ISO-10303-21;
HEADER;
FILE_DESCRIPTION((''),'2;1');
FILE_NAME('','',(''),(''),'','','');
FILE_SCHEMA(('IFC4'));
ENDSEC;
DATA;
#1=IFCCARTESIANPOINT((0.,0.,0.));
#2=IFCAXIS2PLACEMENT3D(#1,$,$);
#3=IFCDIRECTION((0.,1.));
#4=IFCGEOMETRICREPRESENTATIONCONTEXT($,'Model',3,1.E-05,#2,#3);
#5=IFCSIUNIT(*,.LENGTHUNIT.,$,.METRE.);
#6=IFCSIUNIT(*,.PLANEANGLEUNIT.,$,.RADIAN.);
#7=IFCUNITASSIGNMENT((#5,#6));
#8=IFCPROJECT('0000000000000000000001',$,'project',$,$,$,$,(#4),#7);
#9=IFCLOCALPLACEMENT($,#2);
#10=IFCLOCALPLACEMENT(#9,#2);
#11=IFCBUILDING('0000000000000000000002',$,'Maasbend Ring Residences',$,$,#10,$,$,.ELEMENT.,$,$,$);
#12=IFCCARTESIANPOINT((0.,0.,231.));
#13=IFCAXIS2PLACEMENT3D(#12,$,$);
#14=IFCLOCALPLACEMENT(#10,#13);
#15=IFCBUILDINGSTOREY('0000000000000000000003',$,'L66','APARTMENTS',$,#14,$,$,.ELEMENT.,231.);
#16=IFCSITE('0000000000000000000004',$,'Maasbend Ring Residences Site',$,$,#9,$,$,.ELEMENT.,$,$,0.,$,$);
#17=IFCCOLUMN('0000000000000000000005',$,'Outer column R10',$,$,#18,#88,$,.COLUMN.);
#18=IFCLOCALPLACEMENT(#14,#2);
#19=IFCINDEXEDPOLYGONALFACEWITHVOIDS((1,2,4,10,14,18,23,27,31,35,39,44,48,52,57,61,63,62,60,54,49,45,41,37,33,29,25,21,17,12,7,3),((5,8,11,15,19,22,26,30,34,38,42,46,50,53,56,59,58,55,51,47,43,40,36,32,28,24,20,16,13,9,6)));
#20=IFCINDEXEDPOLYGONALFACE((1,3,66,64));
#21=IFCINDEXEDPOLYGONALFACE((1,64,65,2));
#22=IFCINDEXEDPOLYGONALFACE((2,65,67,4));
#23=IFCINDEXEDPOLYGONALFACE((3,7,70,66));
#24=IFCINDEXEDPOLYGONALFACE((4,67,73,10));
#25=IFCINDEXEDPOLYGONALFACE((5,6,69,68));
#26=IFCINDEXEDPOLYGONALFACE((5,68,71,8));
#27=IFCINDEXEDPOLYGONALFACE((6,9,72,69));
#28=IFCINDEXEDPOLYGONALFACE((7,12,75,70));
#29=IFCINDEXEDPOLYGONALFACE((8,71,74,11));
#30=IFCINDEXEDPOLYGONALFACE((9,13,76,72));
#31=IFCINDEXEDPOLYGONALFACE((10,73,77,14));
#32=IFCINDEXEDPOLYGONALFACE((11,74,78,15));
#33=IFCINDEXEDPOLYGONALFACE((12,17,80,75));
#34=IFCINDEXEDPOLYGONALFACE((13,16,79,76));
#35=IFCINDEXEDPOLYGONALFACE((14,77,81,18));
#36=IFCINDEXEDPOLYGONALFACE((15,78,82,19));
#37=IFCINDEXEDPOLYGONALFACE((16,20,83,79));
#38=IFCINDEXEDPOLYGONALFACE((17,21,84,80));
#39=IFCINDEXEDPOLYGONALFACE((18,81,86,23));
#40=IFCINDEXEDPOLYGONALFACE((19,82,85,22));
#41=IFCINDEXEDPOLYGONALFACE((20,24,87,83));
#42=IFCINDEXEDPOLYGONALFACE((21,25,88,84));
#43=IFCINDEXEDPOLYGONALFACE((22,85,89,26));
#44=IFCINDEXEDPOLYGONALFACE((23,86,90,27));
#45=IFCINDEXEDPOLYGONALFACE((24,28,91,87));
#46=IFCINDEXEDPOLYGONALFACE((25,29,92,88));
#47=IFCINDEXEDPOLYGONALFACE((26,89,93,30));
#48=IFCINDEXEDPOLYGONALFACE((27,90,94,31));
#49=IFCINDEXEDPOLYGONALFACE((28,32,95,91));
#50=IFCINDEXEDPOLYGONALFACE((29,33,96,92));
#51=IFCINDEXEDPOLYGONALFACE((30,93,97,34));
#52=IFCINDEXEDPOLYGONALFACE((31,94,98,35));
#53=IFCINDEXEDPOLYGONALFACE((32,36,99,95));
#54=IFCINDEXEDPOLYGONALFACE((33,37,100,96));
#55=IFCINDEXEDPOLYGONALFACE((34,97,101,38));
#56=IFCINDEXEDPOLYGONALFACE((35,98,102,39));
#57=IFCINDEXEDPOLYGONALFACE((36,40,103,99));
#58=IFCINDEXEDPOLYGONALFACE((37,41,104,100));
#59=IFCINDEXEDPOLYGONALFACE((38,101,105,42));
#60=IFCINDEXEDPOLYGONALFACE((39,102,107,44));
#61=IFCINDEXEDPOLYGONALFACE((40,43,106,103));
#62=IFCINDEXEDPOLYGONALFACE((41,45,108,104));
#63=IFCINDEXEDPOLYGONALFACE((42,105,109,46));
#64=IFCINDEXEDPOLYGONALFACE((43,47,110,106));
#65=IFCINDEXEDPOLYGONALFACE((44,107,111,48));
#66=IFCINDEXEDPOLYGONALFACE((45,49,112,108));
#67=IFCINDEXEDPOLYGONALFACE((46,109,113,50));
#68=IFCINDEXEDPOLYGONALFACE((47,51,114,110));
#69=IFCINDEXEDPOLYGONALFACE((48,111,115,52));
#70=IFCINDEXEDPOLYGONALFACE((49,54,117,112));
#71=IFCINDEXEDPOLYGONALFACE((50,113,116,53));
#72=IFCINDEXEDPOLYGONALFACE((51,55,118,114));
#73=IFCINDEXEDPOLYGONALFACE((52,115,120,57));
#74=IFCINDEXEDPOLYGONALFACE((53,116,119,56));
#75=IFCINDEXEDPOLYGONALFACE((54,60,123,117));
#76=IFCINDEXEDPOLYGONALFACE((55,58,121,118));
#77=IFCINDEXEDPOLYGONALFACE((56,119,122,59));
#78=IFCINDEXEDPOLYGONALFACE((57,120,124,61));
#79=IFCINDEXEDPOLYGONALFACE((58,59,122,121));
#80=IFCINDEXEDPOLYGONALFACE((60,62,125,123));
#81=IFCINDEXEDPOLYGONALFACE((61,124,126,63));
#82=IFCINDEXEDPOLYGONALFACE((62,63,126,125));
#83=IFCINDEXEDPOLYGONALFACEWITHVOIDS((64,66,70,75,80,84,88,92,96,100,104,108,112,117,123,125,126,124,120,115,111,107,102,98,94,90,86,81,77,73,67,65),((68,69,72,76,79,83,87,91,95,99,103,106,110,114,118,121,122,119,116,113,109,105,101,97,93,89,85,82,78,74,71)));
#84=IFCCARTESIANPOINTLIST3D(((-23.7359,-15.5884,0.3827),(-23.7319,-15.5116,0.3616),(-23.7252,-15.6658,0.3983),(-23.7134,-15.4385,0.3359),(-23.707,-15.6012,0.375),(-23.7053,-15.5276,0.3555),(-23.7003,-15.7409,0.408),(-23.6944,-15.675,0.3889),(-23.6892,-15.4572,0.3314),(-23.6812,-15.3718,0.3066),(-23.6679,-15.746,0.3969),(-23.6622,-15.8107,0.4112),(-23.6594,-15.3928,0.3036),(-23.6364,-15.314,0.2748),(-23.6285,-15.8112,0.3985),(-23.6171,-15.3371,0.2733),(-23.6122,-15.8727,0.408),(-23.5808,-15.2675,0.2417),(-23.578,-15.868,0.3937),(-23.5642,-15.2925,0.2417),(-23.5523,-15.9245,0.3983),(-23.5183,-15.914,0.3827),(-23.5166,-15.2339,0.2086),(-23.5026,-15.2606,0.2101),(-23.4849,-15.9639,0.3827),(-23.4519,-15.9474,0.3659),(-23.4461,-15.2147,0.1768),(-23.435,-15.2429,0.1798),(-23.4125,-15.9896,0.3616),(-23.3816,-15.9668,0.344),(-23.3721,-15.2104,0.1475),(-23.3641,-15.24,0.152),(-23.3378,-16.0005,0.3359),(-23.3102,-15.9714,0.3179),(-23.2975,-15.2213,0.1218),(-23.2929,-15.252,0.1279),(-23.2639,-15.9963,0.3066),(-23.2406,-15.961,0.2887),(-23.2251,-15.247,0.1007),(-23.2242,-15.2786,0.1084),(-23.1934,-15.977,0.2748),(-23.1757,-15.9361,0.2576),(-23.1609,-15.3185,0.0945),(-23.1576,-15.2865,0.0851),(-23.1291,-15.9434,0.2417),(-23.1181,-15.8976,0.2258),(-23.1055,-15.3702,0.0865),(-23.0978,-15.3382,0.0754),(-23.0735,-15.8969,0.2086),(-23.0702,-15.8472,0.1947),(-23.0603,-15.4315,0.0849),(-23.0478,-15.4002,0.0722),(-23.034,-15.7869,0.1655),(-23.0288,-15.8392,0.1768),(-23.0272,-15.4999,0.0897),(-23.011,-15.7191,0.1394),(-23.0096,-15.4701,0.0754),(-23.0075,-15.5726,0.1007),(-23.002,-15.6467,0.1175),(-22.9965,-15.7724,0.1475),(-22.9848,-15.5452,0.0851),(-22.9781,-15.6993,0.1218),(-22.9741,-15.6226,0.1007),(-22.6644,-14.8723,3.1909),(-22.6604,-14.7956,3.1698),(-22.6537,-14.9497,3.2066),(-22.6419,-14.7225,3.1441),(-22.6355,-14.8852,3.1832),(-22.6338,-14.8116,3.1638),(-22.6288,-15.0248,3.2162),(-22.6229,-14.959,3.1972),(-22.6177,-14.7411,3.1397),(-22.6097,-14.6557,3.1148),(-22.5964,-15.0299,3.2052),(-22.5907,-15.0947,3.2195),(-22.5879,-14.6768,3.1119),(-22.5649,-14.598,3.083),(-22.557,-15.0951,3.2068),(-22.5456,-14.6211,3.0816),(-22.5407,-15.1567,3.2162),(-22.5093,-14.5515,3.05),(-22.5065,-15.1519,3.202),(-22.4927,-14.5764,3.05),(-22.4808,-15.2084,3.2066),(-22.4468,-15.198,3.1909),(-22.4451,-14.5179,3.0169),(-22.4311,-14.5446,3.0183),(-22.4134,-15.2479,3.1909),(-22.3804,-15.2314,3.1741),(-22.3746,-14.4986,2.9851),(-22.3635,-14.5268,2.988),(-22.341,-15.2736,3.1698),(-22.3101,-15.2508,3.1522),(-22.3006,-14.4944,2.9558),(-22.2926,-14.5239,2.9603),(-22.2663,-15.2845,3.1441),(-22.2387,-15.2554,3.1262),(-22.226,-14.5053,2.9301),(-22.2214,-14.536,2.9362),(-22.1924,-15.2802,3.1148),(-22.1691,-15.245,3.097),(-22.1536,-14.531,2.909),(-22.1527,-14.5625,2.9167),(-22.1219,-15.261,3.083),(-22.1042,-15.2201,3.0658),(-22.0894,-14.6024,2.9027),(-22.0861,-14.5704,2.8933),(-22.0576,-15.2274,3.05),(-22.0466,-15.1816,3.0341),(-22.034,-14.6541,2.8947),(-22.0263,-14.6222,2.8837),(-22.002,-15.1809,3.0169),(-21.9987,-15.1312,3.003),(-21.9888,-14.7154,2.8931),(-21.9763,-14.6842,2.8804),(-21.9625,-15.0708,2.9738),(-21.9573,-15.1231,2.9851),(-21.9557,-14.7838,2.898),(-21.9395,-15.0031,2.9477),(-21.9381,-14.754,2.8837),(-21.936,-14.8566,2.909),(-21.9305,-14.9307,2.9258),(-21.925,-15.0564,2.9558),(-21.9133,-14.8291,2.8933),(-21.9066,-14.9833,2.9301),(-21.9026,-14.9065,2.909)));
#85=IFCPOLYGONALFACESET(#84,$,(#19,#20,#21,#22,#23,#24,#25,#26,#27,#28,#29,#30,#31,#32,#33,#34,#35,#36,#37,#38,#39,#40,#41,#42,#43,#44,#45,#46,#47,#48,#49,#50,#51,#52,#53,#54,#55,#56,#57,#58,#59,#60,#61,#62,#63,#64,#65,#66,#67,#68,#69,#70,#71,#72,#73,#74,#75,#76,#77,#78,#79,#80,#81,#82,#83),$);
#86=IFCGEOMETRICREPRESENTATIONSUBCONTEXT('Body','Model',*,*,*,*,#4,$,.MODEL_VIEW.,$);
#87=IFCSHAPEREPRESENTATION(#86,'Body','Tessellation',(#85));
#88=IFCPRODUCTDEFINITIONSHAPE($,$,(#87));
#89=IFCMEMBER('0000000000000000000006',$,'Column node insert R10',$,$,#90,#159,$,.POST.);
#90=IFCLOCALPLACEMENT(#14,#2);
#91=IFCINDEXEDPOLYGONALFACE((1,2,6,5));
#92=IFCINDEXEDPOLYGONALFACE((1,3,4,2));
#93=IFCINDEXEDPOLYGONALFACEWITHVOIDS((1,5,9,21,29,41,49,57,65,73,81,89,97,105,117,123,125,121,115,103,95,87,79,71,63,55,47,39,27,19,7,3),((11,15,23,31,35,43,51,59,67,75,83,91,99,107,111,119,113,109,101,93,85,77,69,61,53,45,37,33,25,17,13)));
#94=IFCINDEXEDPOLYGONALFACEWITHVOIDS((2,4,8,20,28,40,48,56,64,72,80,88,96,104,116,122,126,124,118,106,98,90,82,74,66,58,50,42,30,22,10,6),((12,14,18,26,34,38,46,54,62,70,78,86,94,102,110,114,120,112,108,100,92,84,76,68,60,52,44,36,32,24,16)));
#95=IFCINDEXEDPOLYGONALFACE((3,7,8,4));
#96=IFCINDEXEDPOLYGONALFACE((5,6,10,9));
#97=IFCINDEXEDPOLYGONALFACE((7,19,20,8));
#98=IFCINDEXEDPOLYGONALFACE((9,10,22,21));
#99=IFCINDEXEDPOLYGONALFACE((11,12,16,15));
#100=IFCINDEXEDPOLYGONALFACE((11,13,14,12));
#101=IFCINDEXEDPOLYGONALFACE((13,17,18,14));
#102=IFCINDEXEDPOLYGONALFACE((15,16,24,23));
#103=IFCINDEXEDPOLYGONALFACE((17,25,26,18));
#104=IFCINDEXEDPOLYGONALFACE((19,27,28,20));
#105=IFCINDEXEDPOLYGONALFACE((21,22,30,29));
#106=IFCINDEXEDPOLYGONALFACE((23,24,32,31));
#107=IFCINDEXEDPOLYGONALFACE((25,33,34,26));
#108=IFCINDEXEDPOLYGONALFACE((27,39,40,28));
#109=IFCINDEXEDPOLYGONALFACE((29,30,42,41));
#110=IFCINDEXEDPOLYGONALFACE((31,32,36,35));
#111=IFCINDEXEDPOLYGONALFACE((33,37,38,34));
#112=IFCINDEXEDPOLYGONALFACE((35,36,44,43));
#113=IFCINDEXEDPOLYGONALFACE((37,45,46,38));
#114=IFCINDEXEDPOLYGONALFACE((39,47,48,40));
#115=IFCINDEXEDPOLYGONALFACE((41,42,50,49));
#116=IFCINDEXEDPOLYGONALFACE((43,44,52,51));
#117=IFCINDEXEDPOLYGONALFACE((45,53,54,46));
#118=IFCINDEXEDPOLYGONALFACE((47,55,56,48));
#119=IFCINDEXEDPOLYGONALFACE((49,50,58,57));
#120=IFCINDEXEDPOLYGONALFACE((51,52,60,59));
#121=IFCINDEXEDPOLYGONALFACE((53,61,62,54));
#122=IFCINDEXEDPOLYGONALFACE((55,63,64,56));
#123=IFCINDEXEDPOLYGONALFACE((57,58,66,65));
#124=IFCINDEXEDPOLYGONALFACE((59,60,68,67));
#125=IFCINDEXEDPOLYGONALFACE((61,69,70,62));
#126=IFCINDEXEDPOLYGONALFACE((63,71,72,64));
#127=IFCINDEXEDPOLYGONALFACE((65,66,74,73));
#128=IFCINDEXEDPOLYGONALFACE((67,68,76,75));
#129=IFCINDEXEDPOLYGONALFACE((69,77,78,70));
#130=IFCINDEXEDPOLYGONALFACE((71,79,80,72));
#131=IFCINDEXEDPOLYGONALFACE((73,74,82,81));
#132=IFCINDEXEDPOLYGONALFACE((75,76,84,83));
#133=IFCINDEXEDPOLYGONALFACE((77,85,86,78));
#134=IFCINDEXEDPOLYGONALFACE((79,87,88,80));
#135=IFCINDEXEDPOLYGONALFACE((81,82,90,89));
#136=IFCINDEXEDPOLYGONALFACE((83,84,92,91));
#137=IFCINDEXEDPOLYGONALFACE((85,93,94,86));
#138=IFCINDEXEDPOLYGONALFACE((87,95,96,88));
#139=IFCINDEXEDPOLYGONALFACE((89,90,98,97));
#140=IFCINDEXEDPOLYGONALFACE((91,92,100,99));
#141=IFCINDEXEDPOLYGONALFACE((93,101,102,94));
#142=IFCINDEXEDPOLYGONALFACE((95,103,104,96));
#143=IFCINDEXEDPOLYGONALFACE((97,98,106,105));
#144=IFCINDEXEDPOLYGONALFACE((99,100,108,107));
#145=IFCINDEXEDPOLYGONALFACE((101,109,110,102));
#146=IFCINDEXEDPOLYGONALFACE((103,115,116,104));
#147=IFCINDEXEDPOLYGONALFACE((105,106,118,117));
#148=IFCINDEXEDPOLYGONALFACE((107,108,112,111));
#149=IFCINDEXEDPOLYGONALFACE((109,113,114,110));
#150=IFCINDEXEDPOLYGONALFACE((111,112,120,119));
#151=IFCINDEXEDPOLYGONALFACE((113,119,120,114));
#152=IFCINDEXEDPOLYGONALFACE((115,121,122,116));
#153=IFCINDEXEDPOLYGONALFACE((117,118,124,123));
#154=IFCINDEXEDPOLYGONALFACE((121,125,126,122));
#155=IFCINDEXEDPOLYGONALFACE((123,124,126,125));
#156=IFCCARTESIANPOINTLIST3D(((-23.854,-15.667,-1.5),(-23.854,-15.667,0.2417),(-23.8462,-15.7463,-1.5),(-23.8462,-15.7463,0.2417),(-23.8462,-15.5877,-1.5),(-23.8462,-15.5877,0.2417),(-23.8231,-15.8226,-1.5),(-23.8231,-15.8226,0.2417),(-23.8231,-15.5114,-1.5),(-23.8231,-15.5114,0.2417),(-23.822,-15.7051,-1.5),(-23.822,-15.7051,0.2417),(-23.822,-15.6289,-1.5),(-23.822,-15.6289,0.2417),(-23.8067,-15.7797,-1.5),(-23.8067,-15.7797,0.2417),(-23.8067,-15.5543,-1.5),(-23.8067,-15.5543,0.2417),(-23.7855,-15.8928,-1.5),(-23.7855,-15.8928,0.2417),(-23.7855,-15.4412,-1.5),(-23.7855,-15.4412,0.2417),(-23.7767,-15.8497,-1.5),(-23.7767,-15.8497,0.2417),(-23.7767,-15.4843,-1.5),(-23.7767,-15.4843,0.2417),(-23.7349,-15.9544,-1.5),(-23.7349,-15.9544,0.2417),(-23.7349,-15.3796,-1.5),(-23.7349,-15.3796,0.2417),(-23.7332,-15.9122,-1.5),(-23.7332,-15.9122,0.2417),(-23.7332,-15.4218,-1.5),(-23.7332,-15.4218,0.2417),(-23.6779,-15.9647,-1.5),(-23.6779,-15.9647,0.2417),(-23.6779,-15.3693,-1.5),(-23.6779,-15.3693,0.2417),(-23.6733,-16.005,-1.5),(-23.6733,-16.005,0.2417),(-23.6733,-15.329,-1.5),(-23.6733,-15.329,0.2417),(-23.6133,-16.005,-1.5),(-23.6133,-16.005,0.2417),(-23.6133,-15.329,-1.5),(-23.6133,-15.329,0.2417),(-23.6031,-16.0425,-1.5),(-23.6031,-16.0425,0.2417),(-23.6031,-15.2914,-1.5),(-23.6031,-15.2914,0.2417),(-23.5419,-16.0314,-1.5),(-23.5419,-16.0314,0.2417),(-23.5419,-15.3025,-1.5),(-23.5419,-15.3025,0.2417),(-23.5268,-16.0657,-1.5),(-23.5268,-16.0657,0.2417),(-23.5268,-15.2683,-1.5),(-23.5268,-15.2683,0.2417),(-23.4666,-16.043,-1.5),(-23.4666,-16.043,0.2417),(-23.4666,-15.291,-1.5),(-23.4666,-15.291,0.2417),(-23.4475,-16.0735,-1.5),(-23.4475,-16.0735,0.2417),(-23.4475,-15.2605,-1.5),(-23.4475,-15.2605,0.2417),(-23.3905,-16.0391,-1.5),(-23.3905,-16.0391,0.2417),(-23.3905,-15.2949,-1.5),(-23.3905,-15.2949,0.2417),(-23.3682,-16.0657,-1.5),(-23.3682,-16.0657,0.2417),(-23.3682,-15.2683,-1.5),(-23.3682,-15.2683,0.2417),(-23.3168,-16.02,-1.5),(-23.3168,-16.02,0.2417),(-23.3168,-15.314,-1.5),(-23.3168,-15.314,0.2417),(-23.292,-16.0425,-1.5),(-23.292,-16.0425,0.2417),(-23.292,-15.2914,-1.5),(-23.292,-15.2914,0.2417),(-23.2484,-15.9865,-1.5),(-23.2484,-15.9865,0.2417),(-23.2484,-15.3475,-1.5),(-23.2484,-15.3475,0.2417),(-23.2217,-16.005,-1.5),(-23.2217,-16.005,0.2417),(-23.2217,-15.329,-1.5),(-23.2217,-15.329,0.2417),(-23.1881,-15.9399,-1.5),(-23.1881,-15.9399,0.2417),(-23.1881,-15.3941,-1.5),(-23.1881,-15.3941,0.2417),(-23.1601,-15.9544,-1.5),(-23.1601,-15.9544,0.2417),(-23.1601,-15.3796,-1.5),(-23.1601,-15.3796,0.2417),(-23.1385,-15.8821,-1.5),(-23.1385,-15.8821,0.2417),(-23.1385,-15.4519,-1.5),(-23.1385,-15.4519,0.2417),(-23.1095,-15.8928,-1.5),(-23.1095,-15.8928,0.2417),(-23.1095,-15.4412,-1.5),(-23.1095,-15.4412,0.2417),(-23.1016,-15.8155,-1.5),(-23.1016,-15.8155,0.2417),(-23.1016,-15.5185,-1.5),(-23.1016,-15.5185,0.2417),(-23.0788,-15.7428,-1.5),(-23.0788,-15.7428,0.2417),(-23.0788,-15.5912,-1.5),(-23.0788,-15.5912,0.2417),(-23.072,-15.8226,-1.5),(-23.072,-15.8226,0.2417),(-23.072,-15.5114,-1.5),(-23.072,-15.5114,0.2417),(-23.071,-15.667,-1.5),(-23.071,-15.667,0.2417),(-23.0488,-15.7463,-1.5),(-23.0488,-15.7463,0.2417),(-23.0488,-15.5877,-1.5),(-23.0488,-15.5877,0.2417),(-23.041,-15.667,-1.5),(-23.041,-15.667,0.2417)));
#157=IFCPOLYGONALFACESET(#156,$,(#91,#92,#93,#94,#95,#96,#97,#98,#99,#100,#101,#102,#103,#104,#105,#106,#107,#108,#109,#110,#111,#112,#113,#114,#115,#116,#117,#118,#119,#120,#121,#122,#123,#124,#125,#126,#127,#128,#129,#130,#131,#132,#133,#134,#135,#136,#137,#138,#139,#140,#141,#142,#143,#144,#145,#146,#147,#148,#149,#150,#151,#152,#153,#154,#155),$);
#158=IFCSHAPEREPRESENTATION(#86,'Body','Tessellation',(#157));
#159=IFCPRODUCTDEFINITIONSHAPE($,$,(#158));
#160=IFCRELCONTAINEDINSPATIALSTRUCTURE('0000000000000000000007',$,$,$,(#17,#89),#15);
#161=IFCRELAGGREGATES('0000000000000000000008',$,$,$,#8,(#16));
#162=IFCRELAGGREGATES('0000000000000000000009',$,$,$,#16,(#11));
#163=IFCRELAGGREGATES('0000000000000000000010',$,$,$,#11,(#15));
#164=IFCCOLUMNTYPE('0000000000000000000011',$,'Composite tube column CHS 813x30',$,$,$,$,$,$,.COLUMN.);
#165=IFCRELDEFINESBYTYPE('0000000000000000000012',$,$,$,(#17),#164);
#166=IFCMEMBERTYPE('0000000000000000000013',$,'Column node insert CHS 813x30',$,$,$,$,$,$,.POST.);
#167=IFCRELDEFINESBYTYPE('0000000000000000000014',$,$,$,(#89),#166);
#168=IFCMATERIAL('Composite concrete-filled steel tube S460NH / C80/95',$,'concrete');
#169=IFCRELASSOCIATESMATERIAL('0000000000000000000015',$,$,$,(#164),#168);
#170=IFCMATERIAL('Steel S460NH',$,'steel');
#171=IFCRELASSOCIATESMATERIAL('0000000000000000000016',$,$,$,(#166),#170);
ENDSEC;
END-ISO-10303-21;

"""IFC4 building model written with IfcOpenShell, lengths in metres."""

from ifc_helpers import new_model, si_unit, direction, frame, origin, origin_2d, place, context, subcontext, project, spatial, hollow_circle, extrude, material, material_profile, profile_set, type_object, element, save


model = new_model("IFC4")

# Units and contexts
model_context = context("Model", 3, precision=1e-05, world=origin(), true_north=direction((0.0, 1.0)))
body_context = subcontext(model_context, "Body", "Model", "MODEL_VIEW")
ifc_project = project(units=[si_unit("LENGTHUNIT", "METRE"), si_unit("PLANEANGLEUNIT", "RADIAN")], contexts=[model_context])

# Site, building, storey
site_placement = place(None, origin())
site = spatial("IfcSite", under=ifc_project, at=site_placement, Name="Maasbend Ring Residences Site", CompositionType="ELEMENT", RefElevation=0.0)
building_placement = place(site_placement, origin())
building = spatial("IfcBuilding", under=site, at=building_placement, Name="Maasbend Ring Residences", CompositionType="ELEMENT")
storey_placement = place(building_placement, frame((0.0, 0.0, 231.0)))
storey = spatial("IfcBuildingStorey", under=building, at=storey_placement, Name="L66", Description="APARTMENTS", CompositionType="ELEMENT", Elevation=231.0)

# Column
ifc_material_1 = material(Name="Composite concrete-filled steel tube S460NH / C80/95", Category="concrete")
ifc_material_profile_1 = material_profile(ifc_material_1, hollow_circle(Radius=0.4065, WallThickness=0.03, at=origin_2d()), Name="Composite tube column CHS 813x30")
ifc_profile_set_1 = profile_set([ifc_material_profile_1], Name="Composite concrete-filled steel tube S460NH / C80/95")
column_type = type_object("IfcColumnType", Name="Composite tube column CHS 813x30", PredefinedType="COLUMN", material=ifc_profile_set_1)
column_placement = place(storey_placement, frame((-23.355, -15.6055, 0.2417), z_axis=(0.346781, 0.23174, 0.908867), x_axis=(-0.555618, 0.831438, 0.0)))
element("IfcColumn", 1, at=column_placement, inside=storey, type_object=column_type, Name="Outer column R10", PredefinedType="COLUMN", context=body_context, shape_type="SweptSolid", body=[
    extrude(hollow_circle(Radius=0.4065, WallThickness=0.03, at=origin_2d()), origin(), (0.0, 0.0, 1.0), 3.0898),
])

# Member
ifc_material_2 = material(Name="Steel S460NH", Category="steel")
ifc_material_profile_2 = material_profile(ifc_material_2, hollow_circle(Radius=0.4065, WallThickness=0.03, at=origin_2d()), Name="Column node insert CHS 813x30")
ifc_profile_set_2 = profile_set([ifc_material_profile_2], Name="Steel S460NH")
member_type = type_object("IfcMemberType", Name="Column node insert CHS 813x30", PredefinedType="POST", material=ifc_profile_set_2)
for number, where, z_axis, x_axis, name in (
    (2, (-23.4475, -15.667, -1.5), (0.0, 0.0, 1.0), (1.0, 0.0, 0.0), "Column node insert R10"),
):
    element("IfcMember", number, at=place(storey_placement, frame(where, z_axis=z_axis, x_axis=x_axis)), inside=storey, type_object=member_type, Name=name, PredefinedType="POST", context=body_context, shape_type="SweptSolid", body=[
        extrude(hollow_circle(Radius=0.4065, WallThickness=0.03, at=origin_2d()), origin(), (0.0, 0.0, 1.0), 1.7417),
    ])

save(model, "model.ifc")
